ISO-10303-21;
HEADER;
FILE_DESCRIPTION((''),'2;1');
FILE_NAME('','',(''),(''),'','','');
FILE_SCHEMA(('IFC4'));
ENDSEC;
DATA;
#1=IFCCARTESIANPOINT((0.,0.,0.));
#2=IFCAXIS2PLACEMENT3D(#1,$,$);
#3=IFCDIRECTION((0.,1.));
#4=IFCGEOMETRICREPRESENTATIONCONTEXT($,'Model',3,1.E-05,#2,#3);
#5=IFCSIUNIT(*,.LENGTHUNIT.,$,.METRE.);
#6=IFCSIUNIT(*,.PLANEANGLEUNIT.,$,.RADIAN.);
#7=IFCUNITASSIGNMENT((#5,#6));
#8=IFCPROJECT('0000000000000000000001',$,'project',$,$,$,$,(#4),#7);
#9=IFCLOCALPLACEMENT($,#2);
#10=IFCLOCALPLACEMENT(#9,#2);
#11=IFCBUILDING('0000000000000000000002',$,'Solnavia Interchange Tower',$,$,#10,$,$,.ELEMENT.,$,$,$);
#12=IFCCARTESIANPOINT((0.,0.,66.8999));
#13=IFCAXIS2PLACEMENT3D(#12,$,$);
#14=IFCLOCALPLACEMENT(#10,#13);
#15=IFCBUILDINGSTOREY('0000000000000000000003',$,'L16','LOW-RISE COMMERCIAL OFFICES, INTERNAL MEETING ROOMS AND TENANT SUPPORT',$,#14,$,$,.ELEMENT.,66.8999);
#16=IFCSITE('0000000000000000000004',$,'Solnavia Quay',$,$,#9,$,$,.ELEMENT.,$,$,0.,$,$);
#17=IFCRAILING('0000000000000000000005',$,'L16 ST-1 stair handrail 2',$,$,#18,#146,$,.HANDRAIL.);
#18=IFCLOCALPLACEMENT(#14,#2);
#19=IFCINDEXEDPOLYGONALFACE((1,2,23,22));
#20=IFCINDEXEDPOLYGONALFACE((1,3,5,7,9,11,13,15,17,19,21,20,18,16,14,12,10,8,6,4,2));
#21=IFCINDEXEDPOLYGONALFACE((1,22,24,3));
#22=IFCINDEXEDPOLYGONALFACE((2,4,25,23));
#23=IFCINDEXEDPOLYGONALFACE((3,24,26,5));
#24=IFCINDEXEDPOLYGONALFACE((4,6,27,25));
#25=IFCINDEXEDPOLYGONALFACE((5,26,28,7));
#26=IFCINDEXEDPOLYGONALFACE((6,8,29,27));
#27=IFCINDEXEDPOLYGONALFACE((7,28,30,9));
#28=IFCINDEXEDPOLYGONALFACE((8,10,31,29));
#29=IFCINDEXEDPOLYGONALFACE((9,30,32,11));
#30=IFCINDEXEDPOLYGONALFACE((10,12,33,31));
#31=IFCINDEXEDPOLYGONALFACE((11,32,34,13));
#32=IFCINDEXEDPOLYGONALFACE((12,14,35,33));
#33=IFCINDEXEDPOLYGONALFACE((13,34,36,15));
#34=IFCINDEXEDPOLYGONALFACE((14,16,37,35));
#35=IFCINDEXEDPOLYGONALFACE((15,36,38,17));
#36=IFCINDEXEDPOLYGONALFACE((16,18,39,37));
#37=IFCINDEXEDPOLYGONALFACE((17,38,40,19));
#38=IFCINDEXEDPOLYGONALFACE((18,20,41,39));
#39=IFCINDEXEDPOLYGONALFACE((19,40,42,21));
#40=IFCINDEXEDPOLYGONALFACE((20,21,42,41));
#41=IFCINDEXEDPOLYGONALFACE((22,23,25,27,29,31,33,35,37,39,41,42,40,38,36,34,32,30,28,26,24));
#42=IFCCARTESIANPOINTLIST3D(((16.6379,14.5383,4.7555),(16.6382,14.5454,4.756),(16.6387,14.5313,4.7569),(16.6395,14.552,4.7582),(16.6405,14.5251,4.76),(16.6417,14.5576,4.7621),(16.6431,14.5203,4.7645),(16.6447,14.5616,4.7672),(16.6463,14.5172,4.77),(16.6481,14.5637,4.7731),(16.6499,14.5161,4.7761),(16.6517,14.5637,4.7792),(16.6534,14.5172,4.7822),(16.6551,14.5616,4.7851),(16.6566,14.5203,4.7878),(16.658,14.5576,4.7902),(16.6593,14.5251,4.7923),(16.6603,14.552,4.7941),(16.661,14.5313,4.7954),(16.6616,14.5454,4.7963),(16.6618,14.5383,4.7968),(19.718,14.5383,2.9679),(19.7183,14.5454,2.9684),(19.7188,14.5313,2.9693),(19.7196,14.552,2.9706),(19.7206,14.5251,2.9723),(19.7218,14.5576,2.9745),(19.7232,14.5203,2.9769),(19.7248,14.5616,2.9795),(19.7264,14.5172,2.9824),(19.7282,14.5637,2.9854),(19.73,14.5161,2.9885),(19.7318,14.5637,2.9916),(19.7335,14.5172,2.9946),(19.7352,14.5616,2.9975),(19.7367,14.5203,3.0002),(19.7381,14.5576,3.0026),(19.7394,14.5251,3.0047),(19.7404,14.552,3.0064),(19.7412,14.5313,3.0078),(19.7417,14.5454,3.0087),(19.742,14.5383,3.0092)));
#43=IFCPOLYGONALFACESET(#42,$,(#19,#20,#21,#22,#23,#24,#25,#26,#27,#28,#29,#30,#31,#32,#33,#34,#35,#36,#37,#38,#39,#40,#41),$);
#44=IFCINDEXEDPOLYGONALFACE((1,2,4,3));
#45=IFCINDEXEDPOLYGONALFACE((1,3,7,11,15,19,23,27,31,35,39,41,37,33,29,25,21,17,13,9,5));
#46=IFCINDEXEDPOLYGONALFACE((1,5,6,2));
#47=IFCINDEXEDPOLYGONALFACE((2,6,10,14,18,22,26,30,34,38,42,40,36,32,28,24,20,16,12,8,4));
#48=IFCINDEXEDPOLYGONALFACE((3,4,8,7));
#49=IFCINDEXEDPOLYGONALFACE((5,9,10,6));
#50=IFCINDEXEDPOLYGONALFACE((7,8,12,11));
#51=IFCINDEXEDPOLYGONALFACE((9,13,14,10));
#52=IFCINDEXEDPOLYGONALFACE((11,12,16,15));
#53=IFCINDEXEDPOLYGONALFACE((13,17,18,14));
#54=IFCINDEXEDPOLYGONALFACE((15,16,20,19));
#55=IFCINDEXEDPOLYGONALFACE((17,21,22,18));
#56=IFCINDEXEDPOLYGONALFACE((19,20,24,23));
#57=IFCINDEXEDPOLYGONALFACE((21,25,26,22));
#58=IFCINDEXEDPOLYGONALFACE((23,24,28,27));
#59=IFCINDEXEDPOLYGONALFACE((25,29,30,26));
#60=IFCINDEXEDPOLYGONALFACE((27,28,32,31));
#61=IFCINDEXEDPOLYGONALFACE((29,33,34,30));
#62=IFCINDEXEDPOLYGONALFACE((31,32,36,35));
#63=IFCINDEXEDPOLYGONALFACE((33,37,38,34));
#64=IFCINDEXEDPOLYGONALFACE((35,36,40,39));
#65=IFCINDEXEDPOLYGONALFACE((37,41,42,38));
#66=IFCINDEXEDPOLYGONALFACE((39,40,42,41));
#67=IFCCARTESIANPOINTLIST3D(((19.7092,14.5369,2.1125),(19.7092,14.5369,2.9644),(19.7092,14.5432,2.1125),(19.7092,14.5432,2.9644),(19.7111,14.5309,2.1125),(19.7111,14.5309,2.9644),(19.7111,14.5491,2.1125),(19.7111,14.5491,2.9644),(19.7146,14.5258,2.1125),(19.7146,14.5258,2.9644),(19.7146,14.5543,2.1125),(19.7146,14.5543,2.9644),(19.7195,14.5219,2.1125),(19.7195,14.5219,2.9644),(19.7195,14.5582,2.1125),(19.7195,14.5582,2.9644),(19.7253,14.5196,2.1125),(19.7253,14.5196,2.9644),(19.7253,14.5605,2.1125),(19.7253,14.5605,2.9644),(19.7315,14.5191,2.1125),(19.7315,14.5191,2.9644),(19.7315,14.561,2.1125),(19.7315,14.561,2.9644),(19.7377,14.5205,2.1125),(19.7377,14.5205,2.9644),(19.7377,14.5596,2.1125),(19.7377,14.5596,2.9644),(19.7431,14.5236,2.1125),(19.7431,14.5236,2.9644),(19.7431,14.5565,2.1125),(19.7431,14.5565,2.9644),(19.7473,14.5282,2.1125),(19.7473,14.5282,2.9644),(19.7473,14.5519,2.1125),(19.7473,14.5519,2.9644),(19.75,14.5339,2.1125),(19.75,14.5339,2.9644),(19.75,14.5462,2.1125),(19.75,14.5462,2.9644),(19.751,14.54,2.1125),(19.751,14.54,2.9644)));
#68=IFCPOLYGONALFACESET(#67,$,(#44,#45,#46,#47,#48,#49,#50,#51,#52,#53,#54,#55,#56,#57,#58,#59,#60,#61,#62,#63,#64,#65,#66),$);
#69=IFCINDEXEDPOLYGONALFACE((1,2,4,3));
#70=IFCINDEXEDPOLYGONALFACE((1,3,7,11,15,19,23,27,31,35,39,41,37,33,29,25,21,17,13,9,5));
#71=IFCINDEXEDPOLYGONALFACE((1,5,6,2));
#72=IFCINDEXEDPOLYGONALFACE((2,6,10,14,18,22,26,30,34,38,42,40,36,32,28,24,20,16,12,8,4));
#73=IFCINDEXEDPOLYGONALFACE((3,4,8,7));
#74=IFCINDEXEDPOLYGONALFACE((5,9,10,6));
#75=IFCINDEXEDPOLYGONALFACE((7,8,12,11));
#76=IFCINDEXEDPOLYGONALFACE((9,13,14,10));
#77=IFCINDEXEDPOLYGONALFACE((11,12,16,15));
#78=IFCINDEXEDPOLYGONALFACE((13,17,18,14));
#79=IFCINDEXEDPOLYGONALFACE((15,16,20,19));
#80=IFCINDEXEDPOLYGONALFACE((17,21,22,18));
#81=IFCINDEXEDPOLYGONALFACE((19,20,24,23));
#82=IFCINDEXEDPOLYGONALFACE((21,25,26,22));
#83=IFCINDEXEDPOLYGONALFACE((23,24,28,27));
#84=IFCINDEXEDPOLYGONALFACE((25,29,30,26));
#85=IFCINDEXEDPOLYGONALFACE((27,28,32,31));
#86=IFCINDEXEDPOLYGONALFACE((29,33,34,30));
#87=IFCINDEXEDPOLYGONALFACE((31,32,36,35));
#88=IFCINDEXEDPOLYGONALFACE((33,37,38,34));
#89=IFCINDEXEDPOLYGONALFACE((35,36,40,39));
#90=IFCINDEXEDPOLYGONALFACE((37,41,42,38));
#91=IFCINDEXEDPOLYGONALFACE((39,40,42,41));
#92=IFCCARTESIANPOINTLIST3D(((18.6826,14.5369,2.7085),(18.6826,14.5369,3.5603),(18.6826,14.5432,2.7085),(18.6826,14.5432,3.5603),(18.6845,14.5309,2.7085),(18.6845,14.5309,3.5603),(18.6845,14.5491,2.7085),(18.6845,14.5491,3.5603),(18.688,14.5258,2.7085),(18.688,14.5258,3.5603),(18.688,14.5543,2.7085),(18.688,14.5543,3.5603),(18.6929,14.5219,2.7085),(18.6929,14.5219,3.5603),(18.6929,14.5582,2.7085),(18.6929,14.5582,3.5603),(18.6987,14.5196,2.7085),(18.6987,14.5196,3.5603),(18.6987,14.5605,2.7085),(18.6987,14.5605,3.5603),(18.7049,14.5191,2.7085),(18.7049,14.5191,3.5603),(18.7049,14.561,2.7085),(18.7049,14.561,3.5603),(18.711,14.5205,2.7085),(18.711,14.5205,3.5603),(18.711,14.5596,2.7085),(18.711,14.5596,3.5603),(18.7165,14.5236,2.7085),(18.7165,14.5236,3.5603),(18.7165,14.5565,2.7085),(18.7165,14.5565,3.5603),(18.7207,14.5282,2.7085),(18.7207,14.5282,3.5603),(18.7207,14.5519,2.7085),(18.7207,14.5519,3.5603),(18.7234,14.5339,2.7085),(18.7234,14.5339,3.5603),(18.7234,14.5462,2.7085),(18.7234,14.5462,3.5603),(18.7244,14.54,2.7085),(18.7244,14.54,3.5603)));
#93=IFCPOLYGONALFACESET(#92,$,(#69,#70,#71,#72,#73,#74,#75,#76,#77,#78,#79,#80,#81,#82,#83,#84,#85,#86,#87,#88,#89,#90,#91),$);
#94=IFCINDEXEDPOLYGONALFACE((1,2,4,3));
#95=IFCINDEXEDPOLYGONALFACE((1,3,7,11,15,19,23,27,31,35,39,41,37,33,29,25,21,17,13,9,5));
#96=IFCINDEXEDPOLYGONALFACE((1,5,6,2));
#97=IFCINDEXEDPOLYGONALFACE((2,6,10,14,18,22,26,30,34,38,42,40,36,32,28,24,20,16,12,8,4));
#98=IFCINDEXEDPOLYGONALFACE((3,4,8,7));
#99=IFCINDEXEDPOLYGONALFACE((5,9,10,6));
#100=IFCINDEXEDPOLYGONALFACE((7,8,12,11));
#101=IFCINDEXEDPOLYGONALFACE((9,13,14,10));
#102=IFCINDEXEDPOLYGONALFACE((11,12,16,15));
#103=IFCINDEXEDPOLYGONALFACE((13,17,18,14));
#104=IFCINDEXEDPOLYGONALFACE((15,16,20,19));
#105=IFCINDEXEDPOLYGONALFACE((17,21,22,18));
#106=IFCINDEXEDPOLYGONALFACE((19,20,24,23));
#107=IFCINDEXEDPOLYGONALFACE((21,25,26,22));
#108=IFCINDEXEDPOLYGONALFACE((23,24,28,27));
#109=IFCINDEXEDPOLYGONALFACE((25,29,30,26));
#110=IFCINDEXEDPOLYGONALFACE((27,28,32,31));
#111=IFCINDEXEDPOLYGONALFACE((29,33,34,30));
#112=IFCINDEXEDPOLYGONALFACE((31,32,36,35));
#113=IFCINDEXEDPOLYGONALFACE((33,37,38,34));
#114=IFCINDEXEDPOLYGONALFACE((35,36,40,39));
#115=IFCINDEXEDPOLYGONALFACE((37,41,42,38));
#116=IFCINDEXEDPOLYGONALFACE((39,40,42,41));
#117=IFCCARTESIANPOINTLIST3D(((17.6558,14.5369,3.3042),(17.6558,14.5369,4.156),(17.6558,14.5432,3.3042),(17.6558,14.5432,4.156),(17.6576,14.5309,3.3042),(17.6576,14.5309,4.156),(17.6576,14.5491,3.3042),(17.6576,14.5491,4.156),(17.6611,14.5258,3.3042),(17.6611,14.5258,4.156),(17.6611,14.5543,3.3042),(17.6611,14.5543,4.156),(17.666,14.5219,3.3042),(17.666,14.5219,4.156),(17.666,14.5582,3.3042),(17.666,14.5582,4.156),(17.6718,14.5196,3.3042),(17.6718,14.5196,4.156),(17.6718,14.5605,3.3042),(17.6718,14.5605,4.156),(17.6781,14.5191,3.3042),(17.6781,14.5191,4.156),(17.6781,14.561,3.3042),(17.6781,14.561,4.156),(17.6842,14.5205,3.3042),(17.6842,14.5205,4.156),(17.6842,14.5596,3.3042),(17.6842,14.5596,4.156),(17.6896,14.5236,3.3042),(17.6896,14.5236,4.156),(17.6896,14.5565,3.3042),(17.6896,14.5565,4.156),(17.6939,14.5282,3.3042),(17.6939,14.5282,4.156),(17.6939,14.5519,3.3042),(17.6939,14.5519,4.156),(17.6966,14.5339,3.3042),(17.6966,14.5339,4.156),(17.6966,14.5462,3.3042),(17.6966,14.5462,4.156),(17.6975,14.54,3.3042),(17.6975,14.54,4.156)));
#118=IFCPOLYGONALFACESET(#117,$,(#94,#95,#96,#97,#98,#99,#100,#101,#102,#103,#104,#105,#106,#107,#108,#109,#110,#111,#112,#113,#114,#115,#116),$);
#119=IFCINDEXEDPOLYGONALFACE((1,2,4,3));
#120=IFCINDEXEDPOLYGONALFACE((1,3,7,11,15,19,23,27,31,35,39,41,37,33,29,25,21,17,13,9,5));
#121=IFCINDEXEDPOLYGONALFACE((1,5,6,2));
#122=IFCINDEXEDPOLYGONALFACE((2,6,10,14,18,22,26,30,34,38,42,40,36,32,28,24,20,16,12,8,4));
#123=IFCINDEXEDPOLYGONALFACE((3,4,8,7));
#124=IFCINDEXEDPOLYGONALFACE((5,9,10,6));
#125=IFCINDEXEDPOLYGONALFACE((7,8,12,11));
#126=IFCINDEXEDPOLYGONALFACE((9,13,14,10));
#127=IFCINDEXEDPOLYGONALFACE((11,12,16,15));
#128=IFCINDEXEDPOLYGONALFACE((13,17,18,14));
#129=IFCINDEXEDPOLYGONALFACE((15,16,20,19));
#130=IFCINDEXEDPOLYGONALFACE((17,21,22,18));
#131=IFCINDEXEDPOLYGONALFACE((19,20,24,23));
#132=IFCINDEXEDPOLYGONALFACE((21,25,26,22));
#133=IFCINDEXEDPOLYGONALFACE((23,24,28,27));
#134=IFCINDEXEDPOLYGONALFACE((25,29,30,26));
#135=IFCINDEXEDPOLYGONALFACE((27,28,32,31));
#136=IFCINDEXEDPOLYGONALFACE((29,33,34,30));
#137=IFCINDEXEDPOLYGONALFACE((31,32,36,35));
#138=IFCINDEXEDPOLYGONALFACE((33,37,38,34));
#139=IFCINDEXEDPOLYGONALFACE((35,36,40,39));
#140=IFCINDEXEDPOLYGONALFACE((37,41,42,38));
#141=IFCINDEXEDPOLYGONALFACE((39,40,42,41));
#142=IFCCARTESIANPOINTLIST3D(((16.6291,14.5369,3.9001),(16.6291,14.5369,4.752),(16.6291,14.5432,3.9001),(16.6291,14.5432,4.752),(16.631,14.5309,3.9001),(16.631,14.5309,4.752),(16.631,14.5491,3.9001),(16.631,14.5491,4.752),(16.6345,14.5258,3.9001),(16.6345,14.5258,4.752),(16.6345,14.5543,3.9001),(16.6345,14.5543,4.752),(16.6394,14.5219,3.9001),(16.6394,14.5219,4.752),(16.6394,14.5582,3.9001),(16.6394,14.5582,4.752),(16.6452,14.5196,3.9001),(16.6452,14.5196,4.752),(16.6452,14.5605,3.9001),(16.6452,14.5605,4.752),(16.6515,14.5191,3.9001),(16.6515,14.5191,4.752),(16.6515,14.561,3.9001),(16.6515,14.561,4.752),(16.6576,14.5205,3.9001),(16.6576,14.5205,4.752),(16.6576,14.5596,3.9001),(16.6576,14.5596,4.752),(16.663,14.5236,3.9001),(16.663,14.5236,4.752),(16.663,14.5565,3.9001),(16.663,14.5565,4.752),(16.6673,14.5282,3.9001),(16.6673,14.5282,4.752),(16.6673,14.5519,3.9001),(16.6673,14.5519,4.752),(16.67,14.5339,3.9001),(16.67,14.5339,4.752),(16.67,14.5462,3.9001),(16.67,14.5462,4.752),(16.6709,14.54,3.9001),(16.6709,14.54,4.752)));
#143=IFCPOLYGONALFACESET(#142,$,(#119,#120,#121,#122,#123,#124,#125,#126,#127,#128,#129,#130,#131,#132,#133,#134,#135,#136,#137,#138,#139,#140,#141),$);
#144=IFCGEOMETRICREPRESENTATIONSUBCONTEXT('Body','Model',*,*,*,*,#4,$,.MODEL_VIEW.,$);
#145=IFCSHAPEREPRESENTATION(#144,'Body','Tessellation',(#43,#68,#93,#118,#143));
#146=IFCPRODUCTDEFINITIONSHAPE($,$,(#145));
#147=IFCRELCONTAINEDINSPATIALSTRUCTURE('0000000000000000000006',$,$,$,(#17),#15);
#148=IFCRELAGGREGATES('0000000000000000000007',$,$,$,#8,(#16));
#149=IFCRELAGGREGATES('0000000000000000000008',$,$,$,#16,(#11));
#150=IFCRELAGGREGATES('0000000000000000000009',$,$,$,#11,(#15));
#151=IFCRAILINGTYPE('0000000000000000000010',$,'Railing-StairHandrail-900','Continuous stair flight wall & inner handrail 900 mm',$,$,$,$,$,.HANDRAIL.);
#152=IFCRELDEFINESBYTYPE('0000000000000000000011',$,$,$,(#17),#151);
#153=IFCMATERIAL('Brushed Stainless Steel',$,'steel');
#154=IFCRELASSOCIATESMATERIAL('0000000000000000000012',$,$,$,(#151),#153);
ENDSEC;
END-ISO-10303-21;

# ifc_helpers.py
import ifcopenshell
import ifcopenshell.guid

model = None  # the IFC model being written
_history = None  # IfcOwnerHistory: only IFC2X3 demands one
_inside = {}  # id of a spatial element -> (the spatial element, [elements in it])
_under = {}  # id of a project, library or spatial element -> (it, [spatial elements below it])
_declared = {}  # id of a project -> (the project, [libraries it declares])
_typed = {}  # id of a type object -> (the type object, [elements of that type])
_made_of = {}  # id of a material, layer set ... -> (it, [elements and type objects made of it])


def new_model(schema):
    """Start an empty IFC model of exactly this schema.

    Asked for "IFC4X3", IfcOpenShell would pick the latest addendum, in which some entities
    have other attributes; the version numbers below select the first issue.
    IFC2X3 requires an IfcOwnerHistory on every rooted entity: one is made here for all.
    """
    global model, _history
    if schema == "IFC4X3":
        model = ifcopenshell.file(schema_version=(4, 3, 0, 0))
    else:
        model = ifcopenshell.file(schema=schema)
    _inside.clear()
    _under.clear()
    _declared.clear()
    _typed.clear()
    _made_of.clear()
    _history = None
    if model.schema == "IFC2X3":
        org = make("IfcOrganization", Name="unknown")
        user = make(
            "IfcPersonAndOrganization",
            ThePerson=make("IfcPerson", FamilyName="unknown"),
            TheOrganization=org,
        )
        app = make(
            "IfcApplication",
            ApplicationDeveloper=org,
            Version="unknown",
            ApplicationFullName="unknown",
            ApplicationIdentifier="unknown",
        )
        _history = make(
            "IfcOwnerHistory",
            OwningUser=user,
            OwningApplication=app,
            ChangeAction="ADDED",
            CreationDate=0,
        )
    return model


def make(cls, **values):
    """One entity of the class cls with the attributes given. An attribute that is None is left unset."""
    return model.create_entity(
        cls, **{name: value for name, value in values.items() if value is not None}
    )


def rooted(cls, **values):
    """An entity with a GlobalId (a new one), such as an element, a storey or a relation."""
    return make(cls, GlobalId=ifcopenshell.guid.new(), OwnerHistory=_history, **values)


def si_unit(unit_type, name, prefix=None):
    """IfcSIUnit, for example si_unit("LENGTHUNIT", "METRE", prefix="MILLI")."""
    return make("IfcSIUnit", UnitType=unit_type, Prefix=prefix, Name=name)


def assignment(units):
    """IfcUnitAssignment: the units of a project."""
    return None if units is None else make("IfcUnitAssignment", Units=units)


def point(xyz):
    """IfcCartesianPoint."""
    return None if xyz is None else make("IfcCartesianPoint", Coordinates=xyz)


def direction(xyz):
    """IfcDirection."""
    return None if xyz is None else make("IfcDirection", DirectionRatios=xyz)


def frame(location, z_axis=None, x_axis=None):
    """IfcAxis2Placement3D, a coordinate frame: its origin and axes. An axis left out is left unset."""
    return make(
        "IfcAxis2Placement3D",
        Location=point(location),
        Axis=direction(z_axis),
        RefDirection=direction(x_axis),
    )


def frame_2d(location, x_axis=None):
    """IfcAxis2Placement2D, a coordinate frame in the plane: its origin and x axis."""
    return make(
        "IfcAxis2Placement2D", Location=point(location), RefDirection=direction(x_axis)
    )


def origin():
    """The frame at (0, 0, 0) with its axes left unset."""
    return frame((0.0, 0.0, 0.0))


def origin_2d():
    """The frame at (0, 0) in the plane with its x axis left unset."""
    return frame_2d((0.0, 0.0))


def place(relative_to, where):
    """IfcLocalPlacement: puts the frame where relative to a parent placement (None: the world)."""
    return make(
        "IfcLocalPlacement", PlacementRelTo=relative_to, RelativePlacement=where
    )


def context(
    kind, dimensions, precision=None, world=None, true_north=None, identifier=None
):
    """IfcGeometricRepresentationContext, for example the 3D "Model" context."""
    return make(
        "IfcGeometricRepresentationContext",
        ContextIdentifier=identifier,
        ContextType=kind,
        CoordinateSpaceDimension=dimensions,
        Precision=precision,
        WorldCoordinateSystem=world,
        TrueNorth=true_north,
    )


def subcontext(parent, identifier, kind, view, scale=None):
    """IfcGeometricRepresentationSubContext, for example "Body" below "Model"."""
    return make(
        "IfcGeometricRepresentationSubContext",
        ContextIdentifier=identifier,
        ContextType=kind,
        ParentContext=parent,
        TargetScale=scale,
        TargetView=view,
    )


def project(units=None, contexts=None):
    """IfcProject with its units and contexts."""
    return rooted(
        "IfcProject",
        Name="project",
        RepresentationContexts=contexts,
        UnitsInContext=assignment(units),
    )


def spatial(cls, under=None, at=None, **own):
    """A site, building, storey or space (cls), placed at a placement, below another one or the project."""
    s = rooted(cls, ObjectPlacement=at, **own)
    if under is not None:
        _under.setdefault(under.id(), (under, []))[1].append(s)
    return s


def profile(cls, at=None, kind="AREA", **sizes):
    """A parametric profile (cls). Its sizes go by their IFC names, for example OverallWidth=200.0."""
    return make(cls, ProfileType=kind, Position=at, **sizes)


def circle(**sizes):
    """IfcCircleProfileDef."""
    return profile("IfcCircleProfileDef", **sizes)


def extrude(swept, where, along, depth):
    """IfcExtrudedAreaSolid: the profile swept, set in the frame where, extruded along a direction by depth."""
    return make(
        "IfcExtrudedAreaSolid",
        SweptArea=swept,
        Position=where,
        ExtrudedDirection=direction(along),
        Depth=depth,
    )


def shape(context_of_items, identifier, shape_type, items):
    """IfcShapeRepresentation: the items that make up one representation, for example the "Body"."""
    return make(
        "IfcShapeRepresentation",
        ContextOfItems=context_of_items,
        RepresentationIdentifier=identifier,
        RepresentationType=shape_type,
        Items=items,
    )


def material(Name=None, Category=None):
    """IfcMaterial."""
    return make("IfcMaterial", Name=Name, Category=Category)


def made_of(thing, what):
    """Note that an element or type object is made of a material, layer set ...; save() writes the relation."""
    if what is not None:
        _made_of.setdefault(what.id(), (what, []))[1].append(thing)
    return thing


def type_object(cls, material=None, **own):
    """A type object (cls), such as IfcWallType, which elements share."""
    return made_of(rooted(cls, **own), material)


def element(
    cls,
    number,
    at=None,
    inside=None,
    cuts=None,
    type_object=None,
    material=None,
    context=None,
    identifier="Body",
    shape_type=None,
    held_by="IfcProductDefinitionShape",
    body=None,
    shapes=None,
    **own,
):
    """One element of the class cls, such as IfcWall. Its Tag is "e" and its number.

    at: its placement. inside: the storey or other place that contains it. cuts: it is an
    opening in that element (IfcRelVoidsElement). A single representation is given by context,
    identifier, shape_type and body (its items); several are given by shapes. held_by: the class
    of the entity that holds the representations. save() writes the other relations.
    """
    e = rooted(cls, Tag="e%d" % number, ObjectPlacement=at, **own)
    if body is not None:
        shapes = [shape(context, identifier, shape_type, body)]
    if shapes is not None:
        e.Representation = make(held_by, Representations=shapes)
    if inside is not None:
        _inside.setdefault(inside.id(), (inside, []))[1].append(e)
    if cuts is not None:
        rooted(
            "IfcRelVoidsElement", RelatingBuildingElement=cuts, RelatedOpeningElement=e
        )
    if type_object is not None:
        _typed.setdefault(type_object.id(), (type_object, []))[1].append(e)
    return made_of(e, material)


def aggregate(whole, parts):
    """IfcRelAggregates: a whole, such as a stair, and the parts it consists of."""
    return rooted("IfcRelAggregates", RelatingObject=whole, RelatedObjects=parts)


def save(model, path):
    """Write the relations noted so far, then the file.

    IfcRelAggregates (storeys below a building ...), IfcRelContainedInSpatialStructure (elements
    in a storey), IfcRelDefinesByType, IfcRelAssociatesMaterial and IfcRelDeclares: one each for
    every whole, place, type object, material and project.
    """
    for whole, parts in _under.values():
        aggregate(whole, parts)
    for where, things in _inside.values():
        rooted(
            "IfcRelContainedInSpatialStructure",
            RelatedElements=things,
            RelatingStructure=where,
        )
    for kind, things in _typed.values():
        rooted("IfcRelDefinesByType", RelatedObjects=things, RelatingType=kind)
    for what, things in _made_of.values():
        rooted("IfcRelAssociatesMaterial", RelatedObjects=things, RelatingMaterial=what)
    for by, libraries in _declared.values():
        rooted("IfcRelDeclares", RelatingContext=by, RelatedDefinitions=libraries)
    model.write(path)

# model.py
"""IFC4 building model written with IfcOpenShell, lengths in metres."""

from ifc_helpers import new_model, si_unit, direction, frame, origin, origin_2d, place, context, subcontext, project, spatial, circle, extrude, material, type_object, element, save


model = new_model("IFC4")

# Units and contexts
model_context = context("Model", 3, precision=1e-05, world=origin(), true_north=direction((0.0, 1.0)))
body_context = subcontext(model_context, "Body", "Model", "MODEL_VIEW")
ifc_project = project(units=[si_unit("LENGTHUNIT", "METRE"), si_unit("PLANEANGLEUNIT", "RADIAN")], contexts=[model_context])

# Site, building, storey
site_placement = place(None, origin())
site = spatial("IfcSite", under=ifc_project, at=site_placement, Name="Solnavia Quay", CompositionType="ELEMENT", RefElevation=0.0)
building_placement = place(site_placement, origin())
building = spatial("IfcBuilding", under=site, at=building_placement, Name="Solnavia Interchange Tower", CompositionType="ELEMENT")
storey_placement = place(building_placement, frame((0.0, 0.0, 66.8999)))
storey = spatial("IfcBuildingStorey", under=building, at=storey_placement, Name="L16", Description="LOW-RISE COMMERCIAL OFFICES, INTERNAL MEETING ROOMS AND TENANT SUPPORT", CompositionType="ELEMENT", Elevation=66.8999)

# Railing
ifc_material_1 = material(Name="Brushed Stainless Steel", Category="steel")
railing_type_1 = type_object("IfcRailingType", Name="Railing-StairHandrail-900", Description="Continuous stair flight wall & inner handrail 900 mm", PredefinedType="HANDRAIL", material=ifc_material_1)
railing_1_placement = place(storey_placement, frame((19.73, 14.54, 2.1125)))
element("IfcRailing", 1, at=railing_1_placement, inside=storey, type_object=railing_type_1, Name="L16 ST-1 stair handrail 2", PredefinedType="HANDRAIL", context=body_context, shape_type="SweptSolid", body=[
    extrude(circle(Radius=0.0239, at=origin_2d()), frame((0.0, 0.0, 0.876), z_axis=(-0.864891, 0.0, 0.50196), x_axis=(0.0, -1.0, 0.0)), (0.0, 0.0, 1.0), 3.5613),
    extrude(circle(Radius=0.021, at=origin_2d()), origin(), (0.0, 0.0, 1.0), 0.8518),
    extrude(circle(Radius=0.021, at=origin_2d()), frame((-1.0266, 0.0, 0.5959)), (0.0, 0.0, 1.0), 0.8518),
    extrude(circle(Radius=0.021, at=origin_2d()), frame((-2.0535, 0.0, 1.1917)), (0.0, 0.0, 1.0), 0.8518),
    extrude(circle(Radius=0.021, at=origin_2d()), frame((-3.0801, 0.0, 1.7876)), (0.0, 0.0, 1.0), 0.8518),
])

save(model, "model.ifc")
